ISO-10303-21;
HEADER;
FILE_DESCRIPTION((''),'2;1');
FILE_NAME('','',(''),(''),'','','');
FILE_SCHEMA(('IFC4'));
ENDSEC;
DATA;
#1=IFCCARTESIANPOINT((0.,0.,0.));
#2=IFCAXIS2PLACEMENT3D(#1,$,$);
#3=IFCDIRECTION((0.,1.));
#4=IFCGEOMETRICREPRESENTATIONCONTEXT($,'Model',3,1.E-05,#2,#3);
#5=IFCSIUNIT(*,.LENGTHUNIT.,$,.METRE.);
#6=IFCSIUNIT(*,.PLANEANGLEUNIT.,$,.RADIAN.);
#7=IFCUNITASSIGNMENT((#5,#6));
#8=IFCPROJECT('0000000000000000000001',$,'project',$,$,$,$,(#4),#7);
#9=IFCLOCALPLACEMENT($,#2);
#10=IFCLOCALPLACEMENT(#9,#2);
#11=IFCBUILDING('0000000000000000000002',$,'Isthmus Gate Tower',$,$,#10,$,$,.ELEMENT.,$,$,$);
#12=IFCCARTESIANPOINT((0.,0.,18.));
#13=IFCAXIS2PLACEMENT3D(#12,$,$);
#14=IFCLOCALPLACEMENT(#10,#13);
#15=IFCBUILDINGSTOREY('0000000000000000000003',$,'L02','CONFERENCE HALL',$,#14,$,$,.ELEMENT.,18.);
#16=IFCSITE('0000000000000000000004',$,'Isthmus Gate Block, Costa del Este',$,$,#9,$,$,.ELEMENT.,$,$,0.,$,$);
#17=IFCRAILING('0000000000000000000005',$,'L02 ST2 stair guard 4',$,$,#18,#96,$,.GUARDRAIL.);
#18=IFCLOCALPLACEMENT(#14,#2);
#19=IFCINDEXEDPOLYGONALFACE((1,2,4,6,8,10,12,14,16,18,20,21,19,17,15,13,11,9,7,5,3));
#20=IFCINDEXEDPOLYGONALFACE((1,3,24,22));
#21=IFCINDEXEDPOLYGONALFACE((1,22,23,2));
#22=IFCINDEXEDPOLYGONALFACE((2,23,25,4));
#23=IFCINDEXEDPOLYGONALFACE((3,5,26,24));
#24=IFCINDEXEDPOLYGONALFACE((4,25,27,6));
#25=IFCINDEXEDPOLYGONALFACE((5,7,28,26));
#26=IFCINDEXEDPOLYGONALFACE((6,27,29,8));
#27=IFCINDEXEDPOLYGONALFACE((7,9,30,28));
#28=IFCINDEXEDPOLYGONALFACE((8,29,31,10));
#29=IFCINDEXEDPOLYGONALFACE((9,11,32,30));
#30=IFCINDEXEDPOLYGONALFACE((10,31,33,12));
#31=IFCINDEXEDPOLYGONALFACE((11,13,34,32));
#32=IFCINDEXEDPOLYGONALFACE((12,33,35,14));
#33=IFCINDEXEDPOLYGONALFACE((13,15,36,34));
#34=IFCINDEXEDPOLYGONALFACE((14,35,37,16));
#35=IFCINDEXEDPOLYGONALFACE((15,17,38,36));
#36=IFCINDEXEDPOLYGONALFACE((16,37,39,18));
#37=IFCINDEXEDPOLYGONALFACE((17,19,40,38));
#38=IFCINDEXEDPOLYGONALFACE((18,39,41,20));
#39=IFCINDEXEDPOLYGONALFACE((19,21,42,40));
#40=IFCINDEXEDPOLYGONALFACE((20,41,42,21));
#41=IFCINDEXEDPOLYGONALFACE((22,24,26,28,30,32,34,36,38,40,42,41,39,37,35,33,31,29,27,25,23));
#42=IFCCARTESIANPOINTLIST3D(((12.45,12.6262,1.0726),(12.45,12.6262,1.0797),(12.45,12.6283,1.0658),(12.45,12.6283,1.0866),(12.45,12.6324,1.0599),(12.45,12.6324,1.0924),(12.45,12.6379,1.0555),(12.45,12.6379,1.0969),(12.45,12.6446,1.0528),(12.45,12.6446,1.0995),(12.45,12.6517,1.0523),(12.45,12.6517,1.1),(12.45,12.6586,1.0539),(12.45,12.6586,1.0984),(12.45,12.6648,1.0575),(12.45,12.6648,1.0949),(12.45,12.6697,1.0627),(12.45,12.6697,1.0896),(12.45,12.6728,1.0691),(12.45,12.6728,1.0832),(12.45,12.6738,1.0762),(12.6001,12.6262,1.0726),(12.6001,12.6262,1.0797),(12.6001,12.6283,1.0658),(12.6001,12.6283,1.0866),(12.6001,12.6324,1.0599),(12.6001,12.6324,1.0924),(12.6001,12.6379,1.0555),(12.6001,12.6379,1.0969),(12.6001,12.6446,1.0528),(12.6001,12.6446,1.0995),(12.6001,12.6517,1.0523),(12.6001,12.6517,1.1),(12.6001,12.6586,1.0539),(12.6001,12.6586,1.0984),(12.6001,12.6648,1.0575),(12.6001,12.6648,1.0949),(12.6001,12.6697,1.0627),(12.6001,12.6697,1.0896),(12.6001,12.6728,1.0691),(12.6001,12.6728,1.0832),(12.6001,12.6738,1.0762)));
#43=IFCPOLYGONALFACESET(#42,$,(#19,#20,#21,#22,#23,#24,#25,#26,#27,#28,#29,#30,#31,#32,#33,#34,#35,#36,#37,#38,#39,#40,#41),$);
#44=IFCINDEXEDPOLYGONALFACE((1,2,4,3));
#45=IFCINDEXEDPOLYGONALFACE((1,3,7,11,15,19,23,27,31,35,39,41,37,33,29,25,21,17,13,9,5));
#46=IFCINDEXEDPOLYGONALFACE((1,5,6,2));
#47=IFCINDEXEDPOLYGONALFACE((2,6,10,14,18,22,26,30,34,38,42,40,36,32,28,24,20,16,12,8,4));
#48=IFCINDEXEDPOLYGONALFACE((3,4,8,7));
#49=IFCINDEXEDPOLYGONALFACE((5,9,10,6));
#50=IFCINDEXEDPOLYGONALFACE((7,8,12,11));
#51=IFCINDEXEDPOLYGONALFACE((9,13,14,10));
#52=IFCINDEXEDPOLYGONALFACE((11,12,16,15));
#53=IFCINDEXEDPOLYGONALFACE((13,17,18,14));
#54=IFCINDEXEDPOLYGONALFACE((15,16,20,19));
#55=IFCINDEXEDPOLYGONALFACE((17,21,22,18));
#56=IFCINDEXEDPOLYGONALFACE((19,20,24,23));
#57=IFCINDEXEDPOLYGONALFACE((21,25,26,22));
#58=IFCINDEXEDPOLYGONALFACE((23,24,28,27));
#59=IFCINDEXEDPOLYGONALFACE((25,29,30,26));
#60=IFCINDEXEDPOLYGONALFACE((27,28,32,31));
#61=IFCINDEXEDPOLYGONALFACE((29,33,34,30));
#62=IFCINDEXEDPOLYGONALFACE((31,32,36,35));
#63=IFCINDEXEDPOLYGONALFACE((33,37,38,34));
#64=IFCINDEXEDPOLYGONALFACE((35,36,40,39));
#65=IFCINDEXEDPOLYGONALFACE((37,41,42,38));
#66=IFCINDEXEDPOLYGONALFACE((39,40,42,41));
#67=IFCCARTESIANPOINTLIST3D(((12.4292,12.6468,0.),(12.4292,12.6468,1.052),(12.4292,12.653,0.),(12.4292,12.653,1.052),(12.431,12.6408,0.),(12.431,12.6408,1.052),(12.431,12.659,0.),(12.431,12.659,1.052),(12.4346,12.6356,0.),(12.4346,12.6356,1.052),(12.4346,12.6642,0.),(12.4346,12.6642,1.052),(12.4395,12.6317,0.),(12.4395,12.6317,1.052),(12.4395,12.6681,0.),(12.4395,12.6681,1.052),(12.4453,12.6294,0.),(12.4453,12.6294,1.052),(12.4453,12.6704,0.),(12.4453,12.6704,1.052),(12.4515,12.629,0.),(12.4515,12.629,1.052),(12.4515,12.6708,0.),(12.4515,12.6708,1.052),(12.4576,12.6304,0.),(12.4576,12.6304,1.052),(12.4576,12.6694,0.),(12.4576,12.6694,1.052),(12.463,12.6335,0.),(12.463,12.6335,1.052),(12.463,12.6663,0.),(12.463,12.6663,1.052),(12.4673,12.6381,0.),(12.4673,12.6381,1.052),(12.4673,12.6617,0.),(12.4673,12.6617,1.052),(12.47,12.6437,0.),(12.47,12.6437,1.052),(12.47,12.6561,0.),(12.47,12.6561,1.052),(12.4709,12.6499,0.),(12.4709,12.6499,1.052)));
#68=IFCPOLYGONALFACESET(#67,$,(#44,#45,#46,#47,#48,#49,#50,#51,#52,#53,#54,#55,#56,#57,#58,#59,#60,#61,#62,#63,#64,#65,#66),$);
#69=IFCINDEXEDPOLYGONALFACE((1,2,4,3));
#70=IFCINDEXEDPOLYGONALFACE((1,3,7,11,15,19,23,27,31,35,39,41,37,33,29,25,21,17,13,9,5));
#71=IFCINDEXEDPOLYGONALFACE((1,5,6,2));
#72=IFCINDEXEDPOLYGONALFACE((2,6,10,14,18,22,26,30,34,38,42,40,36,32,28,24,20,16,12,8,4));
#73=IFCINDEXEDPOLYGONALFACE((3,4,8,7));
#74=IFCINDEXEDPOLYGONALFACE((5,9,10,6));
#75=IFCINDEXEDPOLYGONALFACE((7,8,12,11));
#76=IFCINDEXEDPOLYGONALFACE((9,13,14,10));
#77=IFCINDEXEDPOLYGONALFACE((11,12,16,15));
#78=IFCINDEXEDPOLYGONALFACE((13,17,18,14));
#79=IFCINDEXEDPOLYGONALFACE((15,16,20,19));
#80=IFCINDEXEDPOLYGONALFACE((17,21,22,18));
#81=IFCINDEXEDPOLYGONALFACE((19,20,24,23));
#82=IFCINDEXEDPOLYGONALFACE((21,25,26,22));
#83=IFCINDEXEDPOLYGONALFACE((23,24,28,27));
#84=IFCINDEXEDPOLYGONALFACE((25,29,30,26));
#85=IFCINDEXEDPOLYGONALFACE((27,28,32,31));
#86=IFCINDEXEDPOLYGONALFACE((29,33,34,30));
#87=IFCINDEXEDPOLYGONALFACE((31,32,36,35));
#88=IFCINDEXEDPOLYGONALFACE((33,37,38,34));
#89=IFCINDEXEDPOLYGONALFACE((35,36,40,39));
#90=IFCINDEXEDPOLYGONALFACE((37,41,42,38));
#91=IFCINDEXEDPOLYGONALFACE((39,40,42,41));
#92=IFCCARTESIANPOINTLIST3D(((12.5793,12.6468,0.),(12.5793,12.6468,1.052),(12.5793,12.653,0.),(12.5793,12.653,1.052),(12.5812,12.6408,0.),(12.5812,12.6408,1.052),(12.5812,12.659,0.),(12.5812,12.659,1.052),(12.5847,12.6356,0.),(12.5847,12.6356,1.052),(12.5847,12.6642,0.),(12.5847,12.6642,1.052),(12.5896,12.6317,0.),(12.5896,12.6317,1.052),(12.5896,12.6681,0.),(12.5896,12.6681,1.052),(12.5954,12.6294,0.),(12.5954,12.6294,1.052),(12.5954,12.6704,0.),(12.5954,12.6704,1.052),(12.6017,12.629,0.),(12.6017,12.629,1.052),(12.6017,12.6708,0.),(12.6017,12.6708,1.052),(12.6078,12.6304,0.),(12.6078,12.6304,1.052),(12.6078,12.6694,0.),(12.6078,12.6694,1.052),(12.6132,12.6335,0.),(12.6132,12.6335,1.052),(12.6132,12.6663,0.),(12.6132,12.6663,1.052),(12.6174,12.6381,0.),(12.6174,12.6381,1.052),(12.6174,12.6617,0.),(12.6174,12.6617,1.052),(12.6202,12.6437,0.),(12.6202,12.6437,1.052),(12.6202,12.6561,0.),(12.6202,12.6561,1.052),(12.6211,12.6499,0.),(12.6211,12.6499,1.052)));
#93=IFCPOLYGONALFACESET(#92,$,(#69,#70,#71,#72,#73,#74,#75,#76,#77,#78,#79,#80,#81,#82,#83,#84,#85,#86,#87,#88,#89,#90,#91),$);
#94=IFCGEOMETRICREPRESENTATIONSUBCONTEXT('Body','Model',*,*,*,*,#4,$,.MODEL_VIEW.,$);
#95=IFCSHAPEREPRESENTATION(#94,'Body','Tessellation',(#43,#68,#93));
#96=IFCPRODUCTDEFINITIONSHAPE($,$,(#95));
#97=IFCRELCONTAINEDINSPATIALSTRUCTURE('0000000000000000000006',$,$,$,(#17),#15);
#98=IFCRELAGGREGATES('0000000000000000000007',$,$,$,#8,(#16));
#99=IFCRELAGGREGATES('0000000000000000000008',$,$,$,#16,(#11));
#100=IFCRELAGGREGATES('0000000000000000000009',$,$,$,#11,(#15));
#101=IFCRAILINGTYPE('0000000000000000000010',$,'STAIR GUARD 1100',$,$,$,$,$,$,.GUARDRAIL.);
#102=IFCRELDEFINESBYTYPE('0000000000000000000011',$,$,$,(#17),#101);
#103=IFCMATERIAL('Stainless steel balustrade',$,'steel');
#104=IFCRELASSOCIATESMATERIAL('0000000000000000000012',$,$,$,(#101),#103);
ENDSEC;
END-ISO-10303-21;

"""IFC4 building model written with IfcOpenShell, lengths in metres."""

from ifc_helpers import new_model, si_unit, direction, frame, origin, origin_2d, place, context, subcontext, project, spatial, circle, extrude, material, type_object, element, save


model = new_model("IFC4")

# Units and contexts
model_context = context("Model", 3, precision=1e-05, world=origin(), true_north=direction((0.0, 1.0)))
body_context = subcontext(model_context, "Body", "Model", "MODEL_VIEW")
ifc_project = project(units=[si_unit("LENGTHUNIT", "METRE"), si_unit("PLANEANGLEUNIT", "RADIAN")], contexts=[model_context])

# Site, building, storey
site_placement = place(None, origin())
site = spatial("IfcSite", under=ifc_project, at=site_placement, Name="Isthmus Gate Block, Costa del Este", CompositionType="ELEMENT", RefElevation=0.0)
building_placement = place(site_placement, origin())
building = spatial("IfcBuilding", under=site, at=building_placement, Name="Isthmus Gate Tower", CompositionType="ELEMENT")
storey_placement = place(building_placement, frame((0.0, 0.0, 18.0)))
storey = spatial("IfcBuildingStorey", under=building, at=storey_placement, Name="L02", Description="CONFERENCE HALL", CompositionType="ELEMENT", Elevation=18.0)

# Railing
ifc_material_1 = material(Name="Stainless steel balustrade", Category="steel")
railing_type_1 = type_object("IfcRailingType", Name="STAIR GUARD 1100", PredefinedType="GUARDRAIL", material=ifc_material_1)
railing_1_placement = place(storey_placement, frame((12.45, 12.6499, 0.0)))
element("IfcRailing", 1, at=railing_1_placement, inside=storey, type_object=railing_type_1, Name="L02 ST2 stair guard 4", PredefinedType="GUARDRAIL", context=body_context, shape_type="SweptSolid", body=[
    extrude(circle(Radius=0.0239, at=origin_2d()), frame((0.0, 0.0, 1.0762), z_axis=(1.0, 0.0, 0.0), x_axis=(0.0, 1.0, 0.0)), (0.0, 0.0, 1.0), 0.1501),
    extrude(circle(Radius=0.021, at=origin_2d()), origin(), (0.0, 0.0, 1.0), 1.052),
    extrude(circle(Radius=0.021, at=origin_2d()), frame((0.1501, 0.0, 0.0)), (0.0, 0.0, 1.0), 1.052),
])

save(model, "model.ifc")
